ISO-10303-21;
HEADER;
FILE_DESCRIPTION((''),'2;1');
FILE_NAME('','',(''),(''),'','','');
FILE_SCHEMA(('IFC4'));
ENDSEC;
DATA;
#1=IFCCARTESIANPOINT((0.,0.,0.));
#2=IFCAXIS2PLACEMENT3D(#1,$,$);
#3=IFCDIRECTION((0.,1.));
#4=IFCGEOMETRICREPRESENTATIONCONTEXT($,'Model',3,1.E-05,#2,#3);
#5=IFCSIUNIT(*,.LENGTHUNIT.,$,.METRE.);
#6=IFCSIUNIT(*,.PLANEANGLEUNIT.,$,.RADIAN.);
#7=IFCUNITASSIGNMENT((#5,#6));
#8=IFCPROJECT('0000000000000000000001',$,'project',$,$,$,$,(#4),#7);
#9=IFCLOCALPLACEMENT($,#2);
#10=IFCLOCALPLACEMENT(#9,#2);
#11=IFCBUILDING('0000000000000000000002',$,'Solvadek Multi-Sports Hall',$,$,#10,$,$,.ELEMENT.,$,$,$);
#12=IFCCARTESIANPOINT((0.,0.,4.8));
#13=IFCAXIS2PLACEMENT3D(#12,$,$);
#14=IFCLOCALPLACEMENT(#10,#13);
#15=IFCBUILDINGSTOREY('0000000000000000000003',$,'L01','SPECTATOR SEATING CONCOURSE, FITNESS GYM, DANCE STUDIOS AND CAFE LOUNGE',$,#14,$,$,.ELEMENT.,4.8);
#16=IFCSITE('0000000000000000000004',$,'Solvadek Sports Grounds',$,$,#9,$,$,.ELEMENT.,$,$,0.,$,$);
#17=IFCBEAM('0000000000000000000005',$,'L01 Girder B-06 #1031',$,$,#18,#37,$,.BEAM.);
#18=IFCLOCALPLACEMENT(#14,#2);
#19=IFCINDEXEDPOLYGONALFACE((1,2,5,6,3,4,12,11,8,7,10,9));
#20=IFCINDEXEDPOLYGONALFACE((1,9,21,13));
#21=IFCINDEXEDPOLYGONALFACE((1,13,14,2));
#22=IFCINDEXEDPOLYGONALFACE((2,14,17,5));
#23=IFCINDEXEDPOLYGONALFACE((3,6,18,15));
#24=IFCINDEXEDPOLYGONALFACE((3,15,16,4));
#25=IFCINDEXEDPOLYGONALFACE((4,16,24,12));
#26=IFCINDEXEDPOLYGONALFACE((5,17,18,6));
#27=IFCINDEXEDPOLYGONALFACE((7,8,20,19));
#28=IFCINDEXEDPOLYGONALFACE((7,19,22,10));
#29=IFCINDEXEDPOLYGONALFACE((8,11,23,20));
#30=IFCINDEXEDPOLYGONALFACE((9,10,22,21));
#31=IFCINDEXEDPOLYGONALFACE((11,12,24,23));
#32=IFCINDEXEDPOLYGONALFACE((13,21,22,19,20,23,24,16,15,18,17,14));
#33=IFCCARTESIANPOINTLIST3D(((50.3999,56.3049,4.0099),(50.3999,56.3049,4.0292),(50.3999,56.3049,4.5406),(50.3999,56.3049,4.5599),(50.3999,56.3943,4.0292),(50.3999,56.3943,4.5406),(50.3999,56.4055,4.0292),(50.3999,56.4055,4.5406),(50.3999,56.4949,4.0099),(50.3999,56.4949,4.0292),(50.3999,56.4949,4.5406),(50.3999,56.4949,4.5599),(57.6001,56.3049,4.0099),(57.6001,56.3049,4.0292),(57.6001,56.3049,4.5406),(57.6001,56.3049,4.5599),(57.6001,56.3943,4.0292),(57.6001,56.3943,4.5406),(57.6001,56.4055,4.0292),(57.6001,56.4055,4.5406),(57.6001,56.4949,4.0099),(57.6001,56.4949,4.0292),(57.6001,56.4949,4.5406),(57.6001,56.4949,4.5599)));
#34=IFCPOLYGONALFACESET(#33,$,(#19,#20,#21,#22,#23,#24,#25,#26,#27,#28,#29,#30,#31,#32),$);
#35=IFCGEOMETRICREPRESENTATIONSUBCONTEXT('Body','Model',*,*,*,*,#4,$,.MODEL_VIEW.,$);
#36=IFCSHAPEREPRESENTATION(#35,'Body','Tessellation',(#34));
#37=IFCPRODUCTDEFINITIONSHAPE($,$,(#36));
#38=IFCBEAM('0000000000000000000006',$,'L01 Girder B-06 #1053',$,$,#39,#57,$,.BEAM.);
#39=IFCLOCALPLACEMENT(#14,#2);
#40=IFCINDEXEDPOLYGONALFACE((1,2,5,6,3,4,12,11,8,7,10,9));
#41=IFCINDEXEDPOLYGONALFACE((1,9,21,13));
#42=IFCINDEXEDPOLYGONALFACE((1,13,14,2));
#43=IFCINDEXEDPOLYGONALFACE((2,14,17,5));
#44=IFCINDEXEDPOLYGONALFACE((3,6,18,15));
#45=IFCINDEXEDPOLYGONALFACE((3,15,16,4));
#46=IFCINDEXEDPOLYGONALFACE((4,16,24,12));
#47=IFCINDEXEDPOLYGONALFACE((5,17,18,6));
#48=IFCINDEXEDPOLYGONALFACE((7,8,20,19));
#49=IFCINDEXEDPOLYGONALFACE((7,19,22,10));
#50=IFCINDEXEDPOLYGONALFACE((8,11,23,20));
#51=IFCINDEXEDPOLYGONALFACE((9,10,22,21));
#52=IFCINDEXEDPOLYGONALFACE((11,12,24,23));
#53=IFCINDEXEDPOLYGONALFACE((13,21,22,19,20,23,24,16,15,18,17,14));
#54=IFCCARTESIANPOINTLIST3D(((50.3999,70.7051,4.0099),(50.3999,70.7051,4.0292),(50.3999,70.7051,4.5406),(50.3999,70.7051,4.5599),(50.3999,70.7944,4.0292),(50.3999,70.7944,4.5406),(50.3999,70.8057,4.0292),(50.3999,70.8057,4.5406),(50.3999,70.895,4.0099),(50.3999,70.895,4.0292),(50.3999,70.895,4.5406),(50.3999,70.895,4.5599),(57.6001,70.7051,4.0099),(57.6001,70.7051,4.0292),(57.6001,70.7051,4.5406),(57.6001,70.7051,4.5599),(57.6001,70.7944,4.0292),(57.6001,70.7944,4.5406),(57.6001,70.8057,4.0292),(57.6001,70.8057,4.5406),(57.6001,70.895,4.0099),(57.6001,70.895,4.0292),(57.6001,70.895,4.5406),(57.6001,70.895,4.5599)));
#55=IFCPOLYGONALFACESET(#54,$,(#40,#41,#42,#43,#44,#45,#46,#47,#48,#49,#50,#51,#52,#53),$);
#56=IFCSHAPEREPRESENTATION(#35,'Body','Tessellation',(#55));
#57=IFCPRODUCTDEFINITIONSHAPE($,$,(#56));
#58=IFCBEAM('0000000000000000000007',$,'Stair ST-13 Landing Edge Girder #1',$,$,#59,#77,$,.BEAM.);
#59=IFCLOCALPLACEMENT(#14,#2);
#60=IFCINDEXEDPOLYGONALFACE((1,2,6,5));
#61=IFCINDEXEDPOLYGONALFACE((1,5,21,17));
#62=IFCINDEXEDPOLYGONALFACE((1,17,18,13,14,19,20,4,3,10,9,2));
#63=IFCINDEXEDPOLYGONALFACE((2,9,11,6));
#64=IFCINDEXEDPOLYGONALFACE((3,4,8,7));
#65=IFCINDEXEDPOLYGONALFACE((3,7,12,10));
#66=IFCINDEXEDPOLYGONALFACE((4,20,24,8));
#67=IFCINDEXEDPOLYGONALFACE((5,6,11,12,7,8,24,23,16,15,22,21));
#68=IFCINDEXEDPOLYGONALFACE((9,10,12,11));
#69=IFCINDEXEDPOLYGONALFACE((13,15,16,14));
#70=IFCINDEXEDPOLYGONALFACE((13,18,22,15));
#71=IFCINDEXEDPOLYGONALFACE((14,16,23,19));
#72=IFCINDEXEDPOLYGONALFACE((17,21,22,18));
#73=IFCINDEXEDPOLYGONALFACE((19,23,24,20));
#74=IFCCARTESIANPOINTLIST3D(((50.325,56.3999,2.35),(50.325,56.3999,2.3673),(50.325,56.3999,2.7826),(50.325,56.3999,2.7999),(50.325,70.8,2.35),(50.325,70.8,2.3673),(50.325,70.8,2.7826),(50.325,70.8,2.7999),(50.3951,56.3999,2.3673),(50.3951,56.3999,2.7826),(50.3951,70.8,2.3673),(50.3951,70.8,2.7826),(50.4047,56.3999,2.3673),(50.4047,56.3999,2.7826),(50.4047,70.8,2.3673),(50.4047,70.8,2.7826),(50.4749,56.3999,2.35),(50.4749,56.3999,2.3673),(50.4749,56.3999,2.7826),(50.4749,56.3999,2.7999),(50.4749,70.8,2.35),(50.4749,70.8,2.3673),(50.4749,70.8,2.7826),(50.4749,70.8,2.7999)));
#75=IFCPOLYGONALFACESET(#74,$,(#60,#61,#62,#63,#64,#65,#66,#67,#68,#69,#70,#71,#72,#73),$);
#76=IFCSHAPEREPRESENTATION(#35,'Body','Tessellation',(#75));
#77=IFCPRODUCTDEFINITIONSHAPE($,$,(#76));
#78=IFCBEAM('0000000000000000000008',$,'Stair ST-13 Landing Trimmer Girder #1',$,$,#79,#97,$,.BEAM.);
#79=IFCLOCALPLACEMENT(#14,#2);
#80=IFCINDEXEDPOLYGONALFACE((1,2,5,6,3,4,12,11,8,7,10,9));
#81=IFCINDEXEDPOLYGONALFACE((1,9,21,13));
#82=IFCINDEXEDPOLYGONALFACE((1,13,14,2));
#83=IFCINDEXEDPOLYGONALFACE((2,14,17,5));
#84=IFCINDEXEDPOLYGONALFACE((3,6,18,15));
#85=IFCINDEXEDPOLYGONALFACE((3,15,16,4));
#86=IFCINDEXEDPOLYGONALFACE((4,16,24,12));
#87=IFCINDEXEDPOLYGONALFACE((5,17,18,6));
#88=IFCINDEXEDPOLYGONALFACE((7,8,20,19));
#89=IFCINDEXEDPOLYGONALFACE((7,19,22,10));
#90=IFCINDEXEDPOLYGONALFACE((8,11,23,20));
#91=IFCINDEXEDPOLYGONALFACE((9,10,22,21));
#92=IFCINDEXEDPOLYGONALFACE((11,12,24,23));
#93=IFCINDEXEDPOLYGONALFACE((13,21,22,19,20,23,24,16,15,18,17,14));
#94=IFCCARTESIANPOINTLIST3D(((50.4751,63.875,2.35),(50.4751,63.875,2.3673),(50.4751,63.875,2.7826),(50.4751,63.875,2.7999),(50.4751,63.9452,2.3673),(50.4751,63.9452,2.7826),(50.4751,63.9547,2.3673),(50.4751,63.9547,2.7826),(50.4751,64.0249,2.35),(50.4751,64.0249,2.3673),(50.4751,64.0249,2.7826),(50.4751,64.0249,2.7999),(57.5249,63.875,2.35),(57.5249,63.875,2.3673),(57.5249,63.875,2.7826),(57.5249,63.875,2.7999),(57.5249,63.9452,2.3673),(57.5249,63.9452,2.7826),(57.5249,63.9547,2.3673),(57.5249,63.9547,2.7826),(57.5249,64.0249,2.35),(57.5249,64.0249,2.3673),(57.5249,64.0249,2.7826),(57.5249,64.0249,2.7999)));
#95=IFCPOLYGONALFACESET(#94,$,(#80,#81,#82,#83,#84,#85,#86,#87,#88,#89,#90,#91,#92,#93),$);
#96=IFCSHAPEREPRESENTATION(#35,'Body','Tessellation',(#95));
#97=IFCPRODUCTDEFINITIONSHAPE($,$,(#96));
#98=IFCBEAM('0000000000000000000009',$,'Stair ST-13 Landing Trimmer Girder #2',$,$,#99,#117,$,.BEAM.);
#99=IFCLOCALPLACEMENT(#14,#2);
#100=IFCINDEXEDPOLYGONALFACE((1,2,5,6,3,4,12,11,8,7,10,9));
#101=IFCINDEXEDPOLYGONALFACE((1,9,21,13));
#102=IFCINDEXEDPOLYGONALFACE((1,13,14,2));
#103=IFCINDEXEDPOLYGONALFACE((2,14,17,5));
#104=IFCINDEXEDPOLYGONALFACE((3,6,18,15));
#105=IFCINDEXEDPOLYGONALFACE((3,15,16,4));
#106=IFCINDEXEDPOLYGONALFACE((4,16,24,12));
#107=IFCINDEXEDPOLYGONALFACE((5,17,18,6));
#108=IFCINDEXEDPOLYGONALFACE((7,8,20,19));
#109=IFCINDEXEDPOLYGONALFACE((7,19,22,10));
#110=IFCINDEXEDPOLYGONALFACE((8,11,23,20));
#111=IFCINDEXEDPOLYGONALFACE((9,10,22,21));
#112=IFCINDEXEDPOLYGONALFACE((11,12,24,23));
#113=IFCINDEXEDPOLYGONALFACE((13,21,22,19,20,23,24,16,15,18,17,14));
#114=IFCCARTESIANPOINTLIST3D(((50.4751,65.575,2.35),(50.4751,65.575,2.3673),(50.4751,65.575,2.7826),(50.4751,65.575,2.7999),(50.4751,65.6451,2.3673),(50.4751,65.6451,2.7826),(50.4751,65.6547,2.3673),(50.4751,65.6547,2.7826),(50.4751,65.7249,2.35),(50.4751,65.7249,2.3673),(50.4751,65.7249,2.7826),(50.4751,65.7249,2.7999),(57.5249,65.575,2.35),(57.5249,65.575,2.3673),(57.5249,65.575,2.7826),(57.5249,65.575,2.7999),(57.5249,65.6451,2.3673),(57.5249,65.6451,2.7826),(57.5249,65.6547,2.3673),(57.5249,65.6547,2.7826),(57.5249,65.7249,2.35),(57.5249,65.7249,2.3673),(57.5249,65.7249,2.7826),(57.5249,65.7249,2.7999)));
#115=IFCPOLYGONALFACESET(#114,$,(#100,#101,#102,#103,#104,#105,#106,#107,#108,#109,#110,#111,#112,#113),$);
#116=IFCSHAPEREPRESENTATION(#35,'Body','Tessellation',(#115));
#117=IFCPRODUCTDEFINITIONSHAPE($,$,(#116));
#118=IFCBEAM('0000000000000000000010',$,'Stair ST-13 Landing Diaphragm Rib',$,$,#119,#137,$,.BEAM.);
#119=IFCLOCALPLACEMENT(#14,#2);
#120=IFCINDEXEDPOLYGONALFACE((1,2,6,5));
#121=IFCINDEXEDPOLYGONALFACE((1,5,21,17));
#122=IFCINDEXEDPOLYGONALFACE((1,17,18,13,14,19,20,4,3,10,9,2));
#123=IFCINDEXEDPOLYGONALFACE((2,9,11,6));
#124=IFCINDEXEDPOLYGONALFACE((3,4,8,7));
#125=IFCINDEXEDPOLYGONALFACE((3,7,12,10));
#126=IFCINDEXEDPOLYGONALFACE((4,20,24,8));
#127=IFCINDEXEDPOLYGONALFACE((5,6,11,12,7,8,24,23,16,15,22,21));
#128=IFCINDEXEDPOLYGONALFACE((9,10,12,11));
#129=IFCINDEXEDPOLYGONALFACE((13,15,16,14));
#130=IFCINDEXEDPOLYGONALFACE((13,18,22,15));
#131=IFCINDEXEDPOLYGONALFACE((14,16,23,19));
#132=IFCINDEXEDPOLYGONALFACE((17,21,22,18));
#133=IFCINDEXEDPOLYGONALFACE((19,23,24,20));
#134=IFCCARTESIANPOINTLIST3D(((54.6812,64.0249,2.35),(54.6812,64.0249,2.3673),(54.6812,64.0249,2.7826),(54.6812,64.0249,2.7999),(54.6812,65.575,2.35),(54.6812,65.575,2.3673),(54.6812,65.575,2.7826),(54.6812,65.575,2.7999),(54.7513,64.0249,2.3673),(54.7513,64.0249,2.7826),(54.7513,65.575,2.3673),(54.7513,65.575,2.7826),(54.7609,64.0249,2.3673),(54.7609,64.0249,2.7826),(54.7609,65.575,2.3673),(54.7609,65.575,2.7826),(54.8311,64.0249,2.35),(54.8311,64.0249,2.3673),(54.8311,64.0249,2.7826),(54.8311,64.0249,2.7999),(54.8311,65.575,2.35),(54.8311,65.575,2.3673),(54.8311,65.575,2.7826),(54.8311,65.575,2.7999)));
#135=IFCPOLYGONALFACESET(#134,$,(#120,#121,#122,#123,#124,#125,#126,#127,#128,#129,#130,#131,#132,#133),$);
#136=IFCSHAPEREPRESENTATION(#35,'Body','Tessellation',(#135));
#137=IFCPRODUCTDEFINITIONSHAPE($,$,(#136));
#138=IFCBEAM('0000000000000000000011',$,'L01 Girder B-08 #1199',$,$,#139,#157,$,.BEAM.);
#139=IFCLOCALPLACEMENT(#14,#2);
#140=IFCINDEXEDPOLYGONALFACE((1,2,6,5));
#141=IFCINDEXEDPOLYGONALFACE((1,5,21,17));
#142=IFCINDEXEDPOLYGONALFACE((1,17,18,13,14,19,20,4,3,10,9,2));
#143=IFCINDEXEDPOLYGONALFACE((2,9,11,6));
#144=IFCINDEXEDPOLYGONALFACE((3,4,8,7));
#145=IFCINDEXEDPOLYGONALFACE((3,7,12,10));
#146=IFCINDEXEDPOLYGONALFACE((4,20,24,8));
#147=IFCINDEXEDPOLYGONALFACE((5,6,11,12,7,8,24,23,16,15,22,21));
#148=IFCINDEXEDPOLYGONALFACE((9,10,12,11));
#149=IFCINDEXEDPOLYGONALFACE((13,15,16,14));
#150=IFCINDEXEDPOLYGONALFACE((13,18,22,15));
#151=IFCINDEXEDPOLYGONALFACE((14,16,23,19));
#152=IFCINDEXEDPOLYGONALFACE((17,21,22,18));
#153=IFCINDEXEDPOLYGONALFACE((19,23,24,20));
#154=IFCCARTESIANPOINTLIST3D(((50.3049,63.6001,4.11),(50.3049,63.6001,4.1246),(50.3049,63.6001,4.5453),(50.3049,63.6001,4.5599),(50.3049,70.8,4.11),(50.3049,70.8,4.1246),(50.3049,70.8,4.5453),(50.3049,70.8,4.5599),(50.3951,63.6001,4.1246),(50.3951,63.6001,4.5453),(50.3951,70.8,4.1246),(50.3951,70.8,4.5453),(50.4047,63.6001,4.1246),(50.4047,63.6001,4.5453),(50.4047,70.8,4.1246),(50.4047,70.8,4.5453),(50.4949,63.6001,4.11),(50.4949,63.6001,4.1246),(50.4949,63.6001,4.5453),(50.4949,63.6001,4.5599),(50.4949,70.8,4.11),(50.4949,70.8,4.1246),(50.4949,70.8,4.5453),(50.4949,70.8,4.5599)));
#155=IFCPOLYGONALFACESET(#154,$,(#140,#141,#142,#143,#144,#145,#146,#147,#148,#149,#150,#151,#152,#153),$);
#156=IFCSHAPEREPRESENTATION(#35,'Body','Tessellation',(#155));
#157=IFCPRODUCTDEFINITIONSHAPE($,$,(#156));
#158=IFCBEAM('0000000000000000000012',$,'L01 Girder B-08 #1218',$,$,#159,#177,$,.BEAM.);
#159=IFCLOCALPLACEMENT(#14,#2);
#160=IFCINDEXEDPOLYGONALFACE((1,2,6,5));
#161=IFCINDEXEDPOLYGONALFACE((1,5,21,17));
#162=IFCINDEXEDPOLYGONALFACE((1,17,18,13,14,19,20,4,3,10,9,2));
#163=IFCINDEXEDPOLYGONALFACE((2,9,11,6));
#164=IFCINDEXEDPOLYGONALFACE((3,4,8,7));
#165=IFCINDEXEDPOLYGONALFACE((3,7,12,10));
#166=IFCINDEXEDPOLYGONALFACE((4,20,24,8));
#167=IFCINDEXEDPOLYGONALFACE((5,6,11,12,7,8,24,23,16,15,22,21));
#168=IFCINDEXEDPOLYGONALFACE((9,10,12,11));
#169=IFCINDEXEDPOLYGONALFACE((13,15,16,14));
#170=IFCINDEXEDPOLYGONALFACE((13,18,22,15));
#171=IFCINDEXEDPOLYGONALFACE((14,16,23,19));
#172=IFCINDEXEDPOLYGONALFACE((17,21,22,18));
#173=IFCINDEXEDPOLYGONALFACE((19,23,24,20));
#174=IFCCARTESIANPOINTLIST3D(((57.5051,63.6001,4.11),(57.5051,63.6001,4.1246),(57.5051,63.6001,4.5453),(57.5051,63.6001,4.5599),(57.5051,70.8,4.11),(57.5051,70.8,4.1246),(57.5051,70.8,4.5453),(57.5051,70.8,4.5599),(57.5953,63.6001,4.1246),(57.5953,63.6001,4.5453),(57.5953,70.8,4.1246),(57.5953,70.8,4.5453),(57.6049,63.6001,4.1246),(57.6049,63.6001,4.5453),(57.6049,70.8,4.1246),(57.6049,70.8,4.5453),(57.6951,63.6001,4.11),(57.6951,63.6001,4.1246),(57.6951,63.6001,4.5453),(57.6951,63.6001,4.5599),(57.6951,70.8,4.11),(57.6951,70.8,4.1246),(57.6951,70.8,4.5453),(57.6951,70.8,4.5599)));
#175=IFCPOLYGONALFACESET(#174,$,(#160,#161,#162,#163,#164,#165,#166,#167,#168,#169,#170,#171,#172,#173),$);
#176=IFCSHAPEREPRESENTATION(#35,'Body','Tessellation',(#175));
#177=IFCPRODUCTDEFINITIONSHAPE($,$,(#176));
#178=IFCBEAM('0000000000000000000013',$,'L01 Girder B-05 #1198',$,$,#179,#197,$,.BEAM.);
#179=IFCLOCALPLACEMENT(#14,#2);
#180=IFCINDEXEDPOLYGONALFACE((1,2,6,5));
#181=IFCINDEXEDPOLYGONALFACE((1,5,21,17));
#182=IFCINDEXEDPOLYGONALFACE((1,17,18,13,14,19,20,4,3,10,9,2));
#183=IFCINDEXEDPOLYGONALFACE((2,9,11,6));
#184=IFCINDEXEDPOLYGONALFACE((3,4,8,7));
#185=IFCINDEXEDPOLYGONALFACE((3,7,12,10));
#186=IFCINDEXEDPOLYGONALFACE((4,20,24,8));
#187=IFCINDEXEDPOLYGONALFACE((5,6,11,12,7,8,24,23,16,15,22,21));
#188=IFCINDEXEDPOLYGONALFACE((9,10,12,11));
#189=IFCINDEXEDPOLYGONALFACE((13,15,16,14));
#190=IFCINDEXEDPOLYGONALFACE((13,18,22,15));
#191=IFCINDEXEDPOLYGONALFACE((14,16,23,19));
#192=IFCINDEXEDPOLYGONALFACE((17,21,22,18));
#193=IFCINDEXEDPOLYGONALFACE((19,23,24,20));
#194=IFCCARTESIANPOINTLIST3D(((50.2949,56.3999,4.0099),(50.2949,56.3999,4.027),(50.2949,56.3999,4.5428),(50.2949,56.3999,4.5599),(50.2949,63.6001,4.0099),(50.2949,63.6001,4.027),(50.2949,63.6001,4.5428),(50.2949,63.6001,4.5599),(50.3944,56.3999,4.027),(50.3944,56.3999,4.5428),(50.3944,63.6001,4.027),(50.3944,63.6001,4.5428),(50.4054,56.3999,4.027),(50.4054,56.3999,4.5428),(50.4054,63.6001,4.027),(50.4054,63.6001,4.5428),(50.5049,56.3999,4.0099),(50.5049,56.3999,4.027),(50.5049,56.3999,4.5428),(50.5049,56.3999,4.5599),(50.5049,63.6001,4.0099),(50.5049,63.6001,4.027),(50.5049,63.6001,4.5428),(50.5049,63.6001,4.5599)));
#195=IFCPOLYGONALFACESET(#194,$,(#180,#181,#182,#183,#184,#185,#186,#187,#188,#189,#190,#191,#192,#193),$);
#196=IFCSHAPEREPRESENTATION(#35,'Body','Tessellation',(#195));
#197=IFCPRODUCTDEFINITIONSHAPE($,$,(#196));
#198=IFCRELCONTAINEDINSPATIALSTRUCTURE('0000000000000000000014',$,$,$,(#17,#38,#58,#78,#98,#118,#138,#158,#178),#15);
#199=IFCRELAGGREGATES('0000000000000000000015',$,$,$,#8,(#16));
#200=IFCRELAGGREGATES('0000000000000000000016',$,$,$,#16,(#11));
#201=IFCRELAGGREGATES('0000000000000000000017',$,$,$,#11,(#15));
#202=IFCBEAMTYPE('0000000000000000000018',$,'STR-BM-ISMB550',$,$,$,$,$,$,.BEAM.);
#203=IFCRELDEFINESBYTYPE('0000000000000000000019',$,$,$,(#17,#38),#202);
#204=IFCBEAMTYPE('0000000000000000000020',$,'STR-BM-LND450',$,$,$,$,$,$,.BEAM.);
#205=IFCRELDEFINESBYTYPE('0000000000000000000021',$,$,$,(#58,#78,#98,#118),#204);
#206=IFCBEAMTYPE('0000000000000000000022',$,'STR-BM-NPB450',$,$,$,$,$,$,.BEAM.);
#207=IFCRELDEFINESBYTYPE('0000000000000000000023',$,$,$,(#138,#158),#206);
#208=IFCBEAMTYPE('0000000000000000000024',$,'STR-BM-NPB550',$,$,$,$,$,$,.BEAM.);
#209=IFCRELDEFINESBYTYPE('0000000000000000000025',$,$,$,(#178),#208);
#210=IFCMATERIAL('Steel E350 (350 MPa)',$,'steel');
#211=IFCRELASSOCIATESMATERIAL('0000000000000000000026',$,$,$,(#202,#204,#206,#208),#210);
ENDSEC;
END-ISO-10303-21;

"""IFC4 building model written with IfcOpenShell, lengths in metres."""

from ifc_helpers import new_model, si_unit, direction, frame, origin, origin_2d, place, context, subcontext, project, spatial, i_section, extrude, material, material_profile, profile_set, type_object, element, save


model = new_model("IFC4")

# Units and contexts
model_context = context("Model", 3, precision=1e-05, world=origin(), true_north=direction((0.0, 1.0)))
body_context = subcontext(model_context, "Body", "Model", "MODEL_VIEW")
ifc_project = project(units=[si_unit("LENGTHUNIT", "METRE"), si_unit("PLANEANGLEUNIT", "RADIAN")], contexts=[model_context])

# Site, building, storey
site_placement = place(None, origin())
site = spatial("IfcSite", under=ifc_project, at=site_placement, Name="Solvadek Sports Grounds", CompositionType="ELEMENT", RefElevation=0.0)
building_placement = place(site_placement, origin())
building = spatial("IfcBuilding", under=site, at=building_placement, Name="Solvadek Multi-Sports Hall", CompositionType="ELEMENT")
storey_placement = place(building_placement, frame((0.0, 0.0, 4.8)))
storey = spatial("IfcBuildingStorey", under=building, at=storey_placement, Name="L01", Description="SPECTATOR SEATING CONCOURSE, FITNESS GYM, DANCE STUDIOS AND CAFE LOUNGE", CompositionType="ELEMENT", Elevation=4.8)

# Shared definitions
ifc_material_1 = material(Name="Steel E350 (350 MPa)", Category="steel")

# Beams
ifc_material_profile_1 = material_profile(ifc_material_1, i_section(OverallWidth=0.1899, OverallDepth=0.55, WebThickness=0.0112, FlangeThickness=0.0193, at=origin_2d()), Name="ISMB 550")
ifc_profile_set_1 = profile_set([ifc_material_profile_1], Name="Steel E350 (350 MPa)")
beam_type_1 = type_object("IfcBeamType", Name="STR-BM-ISMB550", PredefinedType="BEAM", material=ifc_profile_set_1)
for number, where, z_axis, x_axis, name in (
    (1, (50.3999, 56.3999, 4.2849), (1.0, 0.0, 0.0), (0.0, 1.0, 0.0), "L01 Girder B-06 #1031"),
    (2, (50.3999, 70.8, 4.2849), (1.0, 0.0, 0.0), (0.0, 1.0, 0.0), "L01 Girder B-06 #1053"),
):
    element("IfcBeam", number, at=place(storey_placement, frame(where, z_axis=z_axis, x_axis=x_axis)), inside=storey, type_object=beam_type_1, Name=name, PredefinedType="BEAM", context=body_context, shape_type="SweptSolid", body=[
        extrude(i_section(OverallWidth=0.1899, OverallDepth=0.55, WebThickness=0.0112, FlangeThickness=0.0193, at=origin_2d()), origin(), (0.0, 0.0, 1.0), 7.2002),
    ])
ifc_material_profile_2 = material_profile(ifc_material_1, i_section(OverallWidth=0.1499, OverallDepth=0.45, WebThickness=0.0095, FlangeThickness=0.0173, at=origin_2d()), Name="ISMB 450")
ifc_profile_set_2 = profile_set([ifc_material_profile_2], Name="Steel E350 (350 MPa)")
beam_type_2 = type_object("IfcBeamType", Name="STR-BM-LND450", PredefinedType="BEAM", material=ifc_profile_set_2)
beam_1_placement = place(storey_placement, frame((50.3999, 56.3999, 2.575), z_axis=(0.0, 1.0, 0.0), x_axis=(-1.0, 0.0, 0.0)))
element("IfcBeam", 3, at=beam_1_placement, inside=storey, type_object=beam_type_2, Name="Stair ST-13 Landing Edge Girder #1", PredefinedType="BEAM", context=body_context, shape_type="SweptSolid", body=[
    extrude(i_section(OverallWidth=0.1499, OverallDepth=0.45, WebThickness=0.0095, FlangeThickness=0.0173, at=origin_2d()), origin(), (0.0, 0.0, 1.0), 14.4001),
])
for number, where, z_axis, x_axis, name in (
    (4, (50.4751, 63.95, 2.575), (1.0, 0.0, 0.0), (0.0, 1.0, 0.0), "Stair ST-13 Landing Trimmer Girder #1"),
    (5, (50.4751, 65.6499, 2.575), (1.0, 0.0, 0.0), (0.0, 1.0, 0.0), "Stair ST-13 Landing Trimmer Girder #2"),
):
    element("IfcBeam", number, at=place(storey_placement, frame(where, z_axis=z_axis, x_axis=x_axis)), inside=storey, type_object=beam_type_2, Name=name, PredefinedType="BEAM", context=body_context, shape_type="SweptSolid", body=[
        extrude(i_section(OverallWidth=0.1499, OverallDepth=0.45, WebThickness=0.0095, FlangeThickness=0.0173, at=origin_2d()), origin(), (0.0, 0.0, 1.0), 7.0498),
    ])
beam_2_placement = place(storey_placement, frame((54.7561, 64.0249, 2.575), z_axis=(0.0, 1.0, 0.0), x_axis=(-1.0, 0.0, 0.0)))
element("IfcBeam", 6, at=beam_2_placement, inside=storey, type_object=beam_type_2, Name="Stair ST-13 Landing Diaphragm Rib", PredefinedType="BEAM", context=body_context, shape_type="SweptSolid", body=[
    extrude(i_section(OverallWidth=0.1499, OverallDepth=0.45, WebThickness=0.0095, FlangeThickness=0.0173, at=origin_2d()), origin(), (0.0, 0.0, 1.0), 1.55),
])
ifc_material_profile_3 = material_profile(ifc_material_1, i_section(OverallWidth=0.1899, OverallDepth=0.45, WebThickness=0.0095, FlangeThickness=0.0146, at=origin_2d()), Name="NPB 450")
ifc_profile_set_3 = profile_set([ifc_material_profile_3], Name="Steel E350 (350 MPa)")
beam_type_3 = type_object("IfcBeamType", Name="STR-BM-NPB450", PredefinedType="BEAM", material=ifc_profile_set_3)
for number, where, z_axis, x_axis, name in (
    (7, (50.3999, 63.6001, 4.335), (0.0, 1.0, 0.0), (-1.0, 0.0, 0.0), "L01 Girder B-08 #1199"),
    (8, (57.6001, 63.6001, 4.335), (0.0, 1.0, 0.0), (-1.0, 0.0, 0.0), "L01 Girder B-08 #1218"),
):
    element("IfcBeam", number, at=place(storey_placement, frame(where, z_axis=z_axis, x_axis=x_axis)), inside=storey, type_object=beam_type_3, Name=name, PredefinedType="BEAM", context=body_context, shape_type="SweptSolid", body=[
        extrude(i_section(OverallWidth=0.1899, OverallDepth=0.45, WebThickness=0.0095, FlangeThickness=0.0146, at=origin_2d()), origin(), (0.0, 0.0, 1.0), 7.2),
    ])
ifc_material_profile_4 = material_profile(ifc_material_1, i_section(OverallWidth=0.21, OverallDepth=0.55, WebThickness=0.011, FlangeThickness=0.0171, at=origin_2d()), Name="NPB 550")
ifc_profile_set_4 = profile_set([ifc_material_profile_4], Name="Steel E350 (350 MPa)")
beam_type_4 = type_object("IfcBeamType", Name="STR-BM-NPB550", PredefinedType="BEAM", material=ifc_profile_set_4)
beam_3_placement = place(storey_placement, frame((50.3999, 56.3999, 4.2849), z_axis=(0.0, 1.0, 0.0), x_axis=(-1.0, 0.0, 0.0)))
element("IfcBeam", 9, at=beam_3_placement, inside=storey, type_object=beam_type_4, Name="L01 Girder B-05 #1198", PredefinedType="BEAM", context=body_context, shape_type="SweptSolid", body=[
    extrude(i_section(OverallWidth=0.21, OverallDepth=0.55, WebThickness=0.011, FlangeThickness=0.0171, at=origin_2d()), origin(), (0.0, 0.0, 1.0), 7.2002),
])

save(model, "model.ifc")
